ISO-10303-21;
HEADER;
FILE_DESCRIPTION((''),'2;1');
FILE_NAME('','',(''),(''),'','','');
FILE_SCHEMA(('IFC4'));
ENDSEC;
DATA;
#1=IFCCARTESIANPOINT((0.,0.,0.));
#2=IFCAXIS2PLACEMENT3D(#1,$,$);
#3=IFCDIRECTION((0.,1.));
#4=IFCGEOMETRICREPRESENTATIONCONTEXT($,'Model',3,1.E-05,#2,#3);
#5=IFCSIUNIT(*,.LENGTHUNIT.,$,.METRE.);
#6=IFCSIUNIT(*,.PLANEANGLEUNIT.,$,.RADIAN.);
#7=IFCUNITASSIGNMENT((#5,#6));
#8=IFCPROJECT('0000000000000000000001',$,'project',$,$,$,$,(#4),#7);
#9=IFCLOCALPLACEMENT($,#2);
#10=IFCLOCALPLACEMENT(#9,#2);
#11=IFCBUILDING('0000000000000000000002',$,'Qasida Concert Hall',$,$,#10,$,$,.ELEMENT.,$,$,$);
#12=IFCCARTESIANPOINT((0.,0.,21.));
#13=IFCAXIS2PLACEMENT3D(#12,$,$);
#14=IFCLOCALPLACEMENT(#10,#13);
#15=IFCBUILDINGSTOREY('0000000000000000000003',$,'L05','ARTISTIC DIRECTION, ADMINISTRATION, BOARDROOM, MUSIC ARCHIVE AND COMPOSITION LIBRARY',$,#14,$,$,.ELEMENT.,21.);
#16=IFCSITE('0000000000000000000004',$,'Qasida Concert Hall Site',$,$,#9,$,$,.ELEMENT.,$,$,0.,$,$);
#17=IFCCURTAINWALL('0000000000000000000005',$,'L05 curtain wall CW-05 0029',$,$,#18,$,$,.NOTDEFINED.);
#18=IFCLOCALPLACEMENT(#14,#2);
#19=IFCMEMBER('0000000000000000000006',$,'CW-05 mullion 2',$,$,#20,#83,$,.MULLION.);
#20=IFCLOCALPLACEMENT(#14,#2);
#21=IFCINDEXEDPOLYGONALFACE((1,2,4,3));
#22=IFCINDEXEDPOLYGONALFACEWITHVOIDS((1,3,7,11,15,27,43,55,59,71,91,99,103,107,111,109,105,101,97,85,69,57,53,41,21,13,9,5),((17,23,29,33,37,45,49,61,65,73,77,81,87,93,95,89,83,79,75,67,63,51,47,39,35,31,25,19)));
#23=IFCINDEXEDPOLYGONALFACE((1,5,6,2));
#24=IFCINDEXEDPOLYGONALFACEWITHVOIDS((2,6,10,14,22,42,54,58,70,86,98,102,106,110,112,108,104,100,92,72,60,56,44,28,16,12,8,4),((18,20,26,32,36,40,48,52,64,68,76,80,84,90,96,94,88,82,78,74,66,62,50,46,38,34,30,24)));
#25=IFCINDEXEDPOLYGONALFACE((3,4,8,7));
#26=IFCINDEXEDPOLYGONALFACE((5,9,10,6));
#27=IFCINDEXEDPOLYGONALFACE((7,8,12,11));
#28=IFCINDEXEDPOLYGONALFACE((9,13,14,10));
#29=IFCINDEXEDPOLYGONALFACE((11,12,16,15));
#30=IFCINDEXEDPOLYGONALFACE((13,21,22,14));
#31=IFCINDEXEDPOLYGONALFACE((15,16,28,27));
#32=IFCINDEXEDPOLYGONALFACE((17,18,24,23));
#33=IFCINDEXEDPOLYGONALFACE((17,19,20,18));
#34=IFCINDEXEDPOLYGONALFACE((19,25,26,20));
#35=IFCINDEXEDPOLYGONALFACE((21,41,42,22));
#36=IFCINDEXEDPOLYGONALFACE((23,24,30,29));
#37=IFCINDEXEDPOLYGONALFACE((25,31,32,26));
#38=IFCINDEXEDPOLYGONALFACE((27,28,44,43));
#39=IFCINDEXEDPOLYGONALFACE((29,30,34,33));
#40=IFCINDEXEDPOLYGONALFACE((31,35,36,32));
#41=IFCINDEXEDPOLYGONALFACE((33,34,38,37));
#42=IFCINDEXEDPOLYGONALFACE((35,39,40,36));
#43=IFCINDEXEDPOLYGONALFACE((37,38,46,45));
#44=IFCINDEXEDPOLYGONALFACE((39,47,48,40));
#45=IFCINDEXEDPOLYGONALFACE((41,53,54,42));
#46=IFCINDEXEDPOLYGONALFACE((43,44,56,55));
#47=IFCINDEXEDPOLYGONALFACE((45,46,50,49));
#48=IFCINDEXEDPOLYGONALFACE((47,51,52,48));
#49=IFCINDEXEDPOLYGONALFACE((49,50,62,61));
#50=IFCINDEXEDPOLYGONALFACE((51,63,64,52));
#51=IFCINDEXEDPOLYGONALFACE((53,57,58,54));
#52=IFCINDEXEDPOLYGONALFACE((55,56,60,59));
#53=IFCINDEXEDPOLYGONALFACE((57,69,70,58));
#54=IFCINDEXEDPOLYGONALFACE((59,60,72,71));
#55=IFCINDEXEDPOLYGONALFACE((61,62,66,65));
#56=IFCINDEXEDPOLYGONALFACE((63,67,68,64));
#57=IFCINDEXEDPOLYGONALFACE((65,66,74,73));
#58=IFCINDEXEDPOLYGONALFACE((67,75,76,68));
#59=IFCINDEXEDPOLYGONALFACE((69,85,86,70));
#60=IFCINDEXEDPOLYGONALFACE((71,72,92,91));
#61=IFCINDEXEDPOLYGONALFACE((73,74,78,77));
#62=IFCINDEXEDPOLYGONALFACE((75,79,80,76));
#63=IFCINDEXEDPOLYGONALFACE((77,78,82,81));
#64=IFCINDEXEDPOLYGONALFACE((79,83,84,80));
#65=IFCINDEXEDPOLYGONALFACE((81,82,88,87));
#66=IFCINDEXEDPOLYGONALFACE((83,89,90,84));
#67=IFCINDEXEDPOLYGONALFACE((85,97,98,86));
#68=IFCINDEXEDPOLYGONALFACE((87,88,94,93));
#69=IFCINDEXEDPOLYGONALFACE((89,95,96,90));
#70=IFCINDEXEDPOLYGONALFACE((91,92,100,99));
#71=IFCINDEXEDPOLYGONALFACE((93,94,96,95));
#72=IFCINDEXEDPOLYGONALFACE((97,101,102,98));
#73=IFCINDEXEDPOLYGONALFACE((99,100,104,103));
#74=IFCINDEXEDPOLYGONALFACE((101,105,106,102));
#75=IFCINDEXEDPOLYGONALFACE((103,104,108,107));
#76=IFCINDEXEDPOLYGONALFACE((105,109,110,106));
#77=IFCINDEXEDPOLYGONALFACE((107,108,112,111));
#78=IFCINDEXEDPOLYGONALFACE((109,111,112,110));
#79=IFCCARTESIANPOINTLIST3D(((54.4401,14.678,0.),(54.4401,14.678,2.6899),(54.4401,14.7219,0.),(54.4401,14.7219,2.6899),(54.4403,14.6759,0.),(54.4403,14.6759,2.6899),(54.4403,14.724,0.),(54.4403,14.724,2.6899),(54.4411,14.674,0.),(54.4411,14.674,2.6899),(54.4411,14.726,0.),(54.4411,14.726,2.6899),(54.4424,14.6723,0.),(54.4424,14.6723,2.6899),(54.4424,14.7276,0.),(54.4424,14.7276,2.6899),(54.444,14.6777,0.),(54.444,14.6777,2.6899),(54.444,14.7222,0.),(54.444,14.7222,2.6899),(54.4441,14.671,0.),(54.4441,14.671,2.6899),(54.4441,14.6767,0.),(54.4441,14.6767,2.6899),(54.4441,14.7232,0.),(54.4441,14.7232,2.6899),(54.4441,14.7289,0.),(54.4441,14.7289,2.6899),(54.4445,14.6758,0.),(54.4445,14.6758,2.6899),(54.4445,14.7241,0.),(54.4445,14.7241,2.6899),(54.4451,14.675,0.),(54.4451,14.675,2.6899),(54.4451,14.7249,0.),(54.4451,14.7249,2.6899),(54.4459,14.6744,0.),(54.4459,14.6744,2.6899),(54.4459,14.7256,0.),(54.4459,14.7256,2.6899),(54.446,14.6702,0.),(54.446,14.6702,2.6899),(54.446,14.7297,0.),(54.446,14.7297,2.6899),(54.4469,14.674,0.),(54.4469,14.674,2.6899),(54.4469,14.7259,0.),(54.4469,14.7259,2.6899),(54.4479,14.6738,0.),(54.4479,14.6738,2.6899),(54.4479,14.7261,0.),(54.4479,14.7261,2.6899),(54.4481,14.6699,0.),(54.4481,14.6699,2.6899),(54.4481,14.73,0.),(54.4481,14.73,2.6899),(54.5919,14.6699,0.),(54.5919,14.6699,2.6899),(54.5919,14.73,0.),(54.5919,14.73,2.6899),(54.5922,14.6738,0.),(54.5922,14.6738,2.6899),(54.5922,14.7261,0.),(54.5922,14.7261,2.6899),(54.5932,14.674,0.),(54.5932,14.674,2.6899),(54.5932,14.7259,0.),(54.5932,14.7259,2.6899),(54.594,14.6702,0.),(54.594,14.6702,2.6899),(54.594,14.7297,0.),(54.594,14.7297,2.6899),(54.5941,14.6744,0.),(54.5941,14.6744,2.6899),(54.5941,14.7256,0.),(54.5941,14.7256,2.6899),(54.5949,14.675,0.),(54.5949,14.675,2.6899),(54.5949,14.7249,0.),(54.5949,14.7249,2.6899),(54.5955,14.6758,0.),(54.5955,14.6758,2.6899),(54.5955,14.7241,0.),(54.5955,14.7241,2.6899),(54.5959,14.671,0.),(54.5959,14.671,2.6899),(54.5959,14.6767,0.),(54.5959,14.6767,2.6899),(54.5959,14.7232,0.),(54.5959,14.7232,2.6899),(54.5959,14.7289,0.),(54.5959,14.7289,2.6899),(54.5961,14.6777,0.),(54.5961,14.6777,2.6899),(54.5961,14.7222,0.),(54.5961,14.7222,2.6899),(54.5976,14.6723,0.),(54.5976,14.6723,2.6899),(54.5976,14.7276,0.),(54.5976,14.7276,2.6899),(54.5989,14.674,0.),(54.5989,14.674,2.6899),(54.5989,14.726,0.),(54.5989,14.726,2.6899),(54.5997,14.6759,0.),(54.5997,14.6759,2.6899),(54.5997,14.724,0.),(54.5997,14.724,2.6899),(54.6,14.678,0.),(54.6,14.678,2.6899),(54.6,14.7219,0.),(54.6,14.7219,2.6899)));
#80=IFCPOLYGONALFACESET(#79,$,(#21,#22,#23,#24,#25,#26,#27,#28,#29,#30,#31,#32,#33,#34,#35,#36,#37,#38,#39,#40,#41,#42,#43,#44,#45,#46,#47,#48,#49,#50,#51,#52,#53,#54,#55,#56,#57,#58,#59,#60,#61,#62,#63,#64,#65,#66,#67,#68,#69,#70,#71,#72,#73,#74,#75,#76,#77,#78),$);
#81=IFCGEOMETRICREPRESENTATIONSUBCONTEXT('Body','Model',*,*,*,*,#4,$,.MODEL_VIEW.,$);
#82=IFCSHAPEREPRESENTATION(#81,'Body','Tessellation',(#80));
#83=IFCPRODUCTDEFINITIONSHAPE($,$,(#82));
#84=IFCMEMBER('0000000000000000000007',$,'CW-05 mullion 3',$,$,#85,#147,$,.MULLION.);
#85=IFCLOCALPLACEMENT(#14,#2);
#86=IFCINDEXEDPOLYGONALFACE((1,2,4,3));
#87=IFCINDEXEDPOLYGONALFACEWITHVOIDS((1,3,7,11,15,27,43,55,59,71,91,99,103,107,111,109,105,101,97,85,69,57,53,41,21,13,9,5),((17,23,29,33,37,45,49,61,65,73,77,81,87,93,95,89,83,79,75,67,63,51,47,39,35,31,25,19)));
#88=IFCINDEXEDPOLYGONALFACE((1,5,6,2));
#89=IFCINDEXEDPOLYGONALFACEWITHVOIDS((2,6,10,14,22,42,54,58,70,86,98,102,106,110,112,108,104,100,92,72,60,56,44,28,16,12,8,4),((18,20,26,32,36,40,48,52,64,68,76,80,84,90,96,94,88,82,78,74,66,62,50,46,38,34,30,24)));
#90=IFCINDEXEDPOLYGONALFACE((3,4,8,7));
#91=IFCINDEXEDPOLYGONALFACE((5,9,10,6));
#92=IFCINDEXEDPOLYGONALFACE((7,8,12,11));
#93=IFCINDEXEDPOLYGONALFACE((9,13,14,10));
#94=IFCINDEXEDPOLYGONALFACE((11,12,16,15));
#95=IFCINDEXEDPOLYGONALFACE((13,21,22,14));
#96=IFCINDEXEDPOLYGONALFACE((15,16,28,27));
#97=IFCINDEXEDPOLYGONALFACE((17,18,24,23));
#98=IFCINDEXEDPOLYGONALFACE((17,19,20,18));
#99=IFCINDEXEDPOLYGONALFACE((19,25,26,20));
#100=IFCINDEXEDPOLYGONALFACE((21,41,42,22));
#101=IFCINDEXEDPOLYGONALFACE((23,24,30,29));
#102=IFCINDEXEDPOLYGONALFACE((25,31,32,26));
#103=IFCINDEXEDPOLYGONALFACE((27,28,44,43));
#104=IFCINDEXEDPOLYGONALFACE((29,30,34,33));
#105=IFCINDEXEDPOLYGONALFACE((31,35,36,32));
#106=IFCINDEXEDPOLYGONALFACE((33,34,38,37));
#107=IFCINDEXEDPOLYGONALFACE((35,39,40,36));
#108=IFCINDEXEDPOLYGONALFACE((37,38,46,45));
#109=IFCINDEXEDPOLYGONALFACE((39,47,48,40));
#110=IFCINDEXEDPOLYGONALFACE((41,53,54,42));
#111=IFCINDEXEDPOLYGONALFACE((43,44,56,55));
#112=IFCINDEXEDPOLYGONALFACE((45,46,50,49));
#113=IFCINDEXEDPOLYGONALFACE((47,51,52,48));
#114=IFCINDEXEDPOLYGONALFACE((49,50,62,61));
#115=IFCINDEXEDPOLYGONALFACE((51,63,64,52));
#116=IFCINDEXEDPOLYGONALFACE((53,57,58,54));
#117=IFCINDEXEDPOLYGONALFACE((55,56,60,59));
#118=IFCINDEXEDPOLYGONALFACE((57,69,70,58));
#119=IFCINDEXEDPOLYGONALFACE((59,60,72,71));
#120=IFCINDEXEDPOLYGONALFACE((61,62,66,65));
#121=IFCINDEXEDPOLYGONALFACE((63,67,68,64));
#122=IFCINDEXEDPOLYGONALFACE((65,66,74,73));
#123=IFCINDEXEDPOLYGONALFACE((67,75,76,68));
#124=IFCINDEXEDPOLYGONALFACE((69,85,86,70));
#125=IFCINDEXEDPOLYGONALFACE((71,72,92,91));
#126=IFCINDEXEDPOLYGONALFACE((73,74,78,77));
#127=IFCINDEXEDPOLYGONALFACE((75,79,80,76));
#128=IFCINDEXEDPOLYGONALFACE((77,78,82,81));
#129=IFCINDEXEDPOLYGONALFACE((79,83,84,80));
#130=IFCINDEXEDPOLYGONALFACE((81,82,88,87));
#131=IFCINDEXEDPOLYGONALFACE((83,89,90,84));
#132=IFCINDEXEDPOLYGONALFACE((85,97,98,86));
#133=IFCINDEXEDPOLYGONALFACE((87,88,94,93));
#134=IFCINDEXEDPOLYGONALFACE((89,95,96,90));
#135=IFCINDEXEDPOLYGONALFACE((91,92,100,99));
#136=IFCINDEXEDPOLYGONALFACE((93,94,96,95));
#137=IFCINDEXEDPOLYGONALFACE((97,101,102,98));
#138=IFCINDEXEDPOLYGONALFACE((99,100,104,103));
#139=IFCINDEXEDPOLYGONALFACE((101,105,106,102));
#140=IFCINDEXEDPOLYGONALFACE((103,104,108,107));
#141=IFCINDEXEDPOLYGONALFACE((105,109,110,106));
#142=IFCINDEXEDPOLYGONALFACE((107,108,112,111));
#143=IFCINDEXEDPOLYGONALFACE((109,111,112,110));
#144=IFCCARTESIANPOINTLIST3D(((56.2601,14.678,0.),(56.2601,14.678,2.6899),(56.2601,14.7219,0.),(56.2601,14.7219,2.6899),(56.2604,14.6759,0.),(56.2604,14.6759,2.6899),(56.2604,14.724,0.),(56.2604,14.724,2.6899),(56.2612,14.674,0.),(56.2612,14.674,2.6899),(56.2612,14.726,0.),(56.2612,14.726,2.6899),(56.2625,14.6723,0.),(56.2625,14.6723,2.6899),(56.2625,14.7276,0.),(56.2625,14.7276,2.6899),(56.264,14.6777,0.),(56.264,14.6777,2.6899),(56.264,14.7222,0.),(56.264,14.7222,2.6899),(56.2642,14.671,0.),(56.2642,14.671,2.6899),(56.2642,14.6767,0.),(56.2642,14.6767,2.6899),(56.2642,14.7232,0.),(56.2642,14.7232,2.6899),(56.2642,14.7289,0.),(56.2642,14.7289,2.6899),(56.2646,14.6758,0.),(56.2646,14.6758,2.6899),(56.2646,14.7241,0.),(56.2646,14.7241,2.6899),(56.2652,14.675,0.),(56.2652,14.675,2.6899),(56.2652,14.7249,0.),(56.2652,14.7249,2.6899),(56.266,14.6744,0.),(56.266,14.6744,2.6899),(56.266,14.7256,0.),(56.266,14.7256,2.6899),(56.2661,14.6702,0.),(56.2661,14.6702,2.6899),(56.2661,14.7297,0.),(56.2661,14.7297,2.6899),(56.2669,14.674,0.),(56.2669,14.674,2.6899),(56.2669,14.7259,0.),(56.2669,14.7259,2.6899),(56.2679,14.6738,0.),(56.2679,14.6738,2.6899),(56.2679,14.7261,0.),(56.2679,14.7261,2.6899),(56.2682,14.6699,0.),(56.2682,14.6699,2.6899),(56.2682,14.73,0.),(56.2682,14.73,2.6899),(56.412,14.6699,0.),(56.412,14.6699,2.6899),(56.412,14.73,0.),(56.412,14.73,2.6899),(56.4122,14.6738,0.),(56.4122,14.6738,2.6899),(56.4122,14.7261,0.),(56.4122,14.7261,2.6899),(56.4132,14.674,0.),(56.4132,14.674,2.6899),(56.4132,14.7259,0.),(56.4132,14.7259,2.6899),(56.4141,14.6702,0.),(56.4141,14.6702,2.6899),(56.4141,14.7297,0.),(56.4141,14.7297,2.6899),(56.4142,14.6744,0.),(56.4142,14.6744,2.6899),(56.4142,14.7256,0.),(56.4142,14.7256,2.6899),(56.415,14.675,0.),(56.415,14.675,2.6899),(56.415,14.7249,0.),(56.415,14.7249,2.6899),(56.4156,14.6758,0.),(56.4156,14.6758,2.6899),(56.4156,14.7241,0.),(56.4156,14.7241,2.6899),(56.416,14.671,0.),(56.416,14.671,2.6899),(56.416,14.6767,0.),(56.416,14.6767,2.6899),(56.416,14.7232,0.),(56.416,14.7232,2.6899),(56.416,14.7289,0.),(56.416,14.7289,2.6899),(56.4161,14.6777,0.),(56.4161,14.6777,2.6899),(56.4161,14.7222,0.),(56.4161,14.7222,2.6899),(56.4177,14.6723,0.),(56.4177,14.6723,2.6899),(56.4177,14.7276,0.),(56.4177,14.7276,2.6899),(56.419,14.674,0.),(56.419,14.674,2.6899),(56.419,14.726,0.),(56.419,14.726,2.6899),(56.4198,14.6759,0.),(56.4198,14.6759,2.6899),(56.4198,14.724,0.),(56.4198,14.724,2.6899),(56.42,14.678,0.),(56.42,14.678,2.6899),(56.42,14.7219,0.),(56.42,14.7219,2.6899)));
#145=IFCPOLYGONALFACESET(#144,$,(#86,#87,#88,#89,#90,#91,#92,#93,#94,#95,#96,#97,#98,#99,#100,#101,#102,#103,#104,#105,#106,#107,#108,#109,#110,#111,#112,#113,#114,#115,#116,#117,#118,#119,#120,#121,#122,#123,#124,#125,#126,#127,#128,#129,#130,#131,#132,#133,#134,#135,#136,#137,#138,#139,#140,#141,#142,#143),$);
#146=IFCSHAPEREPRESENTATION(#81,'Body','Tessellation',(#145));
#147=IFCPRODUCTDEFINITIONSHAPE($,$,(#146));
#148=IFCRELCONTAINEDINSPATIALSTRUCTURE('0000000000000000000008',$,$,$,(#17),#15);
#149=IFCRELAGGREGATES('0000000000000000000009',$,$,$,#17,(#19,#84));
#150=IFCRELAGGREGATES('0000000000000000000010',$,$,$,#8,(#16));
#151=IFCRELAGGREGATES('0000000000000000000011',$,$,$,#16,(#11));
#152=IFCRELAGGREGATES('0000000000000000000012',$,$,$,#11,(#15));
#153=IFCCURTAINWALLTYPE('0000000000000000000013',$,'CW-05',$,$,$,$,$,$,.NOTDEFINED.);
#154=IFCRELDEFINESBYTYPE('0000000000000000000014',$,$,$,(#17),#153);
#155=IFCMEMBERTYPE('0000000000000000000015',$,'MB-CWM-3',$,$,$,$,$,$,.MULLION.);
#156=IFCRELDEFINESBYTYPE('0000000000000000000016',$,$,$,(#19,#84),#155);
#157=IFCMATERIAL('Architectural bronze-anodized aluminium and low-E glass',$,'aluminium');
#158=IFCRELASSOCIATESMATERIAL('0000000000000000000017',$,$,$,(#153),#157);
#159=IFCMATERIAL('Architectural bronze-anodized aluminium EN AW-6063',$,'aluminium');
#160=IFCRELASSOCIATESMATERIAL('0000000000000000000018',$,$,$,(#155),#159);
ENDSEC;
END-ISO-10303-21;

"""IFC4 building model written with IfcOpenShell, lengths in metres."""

from ifc_helpers import new_model, si_unit, direction, frame, origin, origin_2d, place, context, subcontext, project, spatial, hollow_rectangle, extrude, material, material_profile, profile_set, type_object, element, aggregate, save


model = new_model("IFC4")

# Units and contexts
model_context = context("Model", 3, precision=1e-05, world=origin(), true_north=direction((0.0, 1.0)))
body_context = subcontext(model_context, "Body", "Model", "MODEL_VIEW")
ifc_project = project(units=[si_unit("LENGTHUNIT", "METRE"), si_unit("PLANEANGLEUNIT", "RADIAN")], contexts=[model_context])

# Site, building, storey
site_placement = place(None, origin())
site = spatial("IfcSite", under=ifc_project, at=site_placement, Name="Qasida Concert Hall Site", CompositionType="ELEMENT", RefElevation=0.0)
building_placement = place(site_placement, origin())
building = spatial("IfcBuilding", under=site, at=building_placement, Name="Qasida Concert Hall", CompositionType="ELEMENT")
storey_placement = place(building_placement, frame((0.0, 0.0, 21.0)))
storey = spatial("IfcBuildingStorey", under=building, at=storey_placement, Name="L05", Description="ARTISTIC DIRECTION, ADMINISTRATION, BOARDROOM, MUSIC ARCHIVE AND COMPOSITION LIBRARY", CompositionType="ELEMENT", Elevation=21.0)

# Curtain wall, members
ifc_material_1 = material(Name="Architectural bronze-anodized aluminium and low-E glass", Category="aluminium")
curtain_wall_type = type_object("IfcCurtainWallType", Name="CW-05", PredefinedType="NOTDEFINED", material=ifc_material_1)
curtain_wall_placement = place(storey_placement, origin())
curtain_wall = element("IfcCurtainWall", 1, at=curtain_wall_placement, inside=storey, type_object=curtain_wall_type, Name="L05 curtain wall CW-05 0029", PredefinedType="NOTDEFINED")
ifc_material_2 = material(Name="Architectural bronze-anodized aluminium EN AW-6063", Category="aluminium")
ifc_material_profile_1 = material_profile(ifc_material_2, hollow_rectangle(XDim=0.0601, YDim=0.1599, WallThickness=0.0039, InnerFilletRadius=0.0039, OuterFilletRadius=0.0081, at=origin_2d()), Name="CWM 160x60x4")
ifc_profile_set_1 = profile_set([ifc_material_profile_1], Name="Architectural bronze-anodized aluminium EN AW-6063")
member_type_1 = type_object("IfcMemberType", Name="MB-CWM-3", PredefinedType="MULLION", material=ifc_profile_set_1)
member_1_placement = place(storey_placement, frame((54.52, 14.7, 0.0), z_axis=(0.0, 0.0, 1.0), x_axis=(0.0, 1.0, 0.0)))
member_1 = element("IfcMember", 2, at=member_1_placement, type_object=member_type_1, Name="CW-05 mullion 2", PredefinedType="MULLION", context=body_context, shape_type="SweptSolid", body=[
    extrude(hollow_rectangle(XDim=0.0601, YDim=0.1599, WallThickness=0.0039, InnerFilletRadius=0.0039, OuterFilletRadius=0.0081, at=origin_2d()), origin(), (0.0, 0.0, 1.0), 2.6899),
])
member_2_placement = place(storey_placement, frame((56.3401, 14.7, 0.0), z_axis=(0.0, 0.0, 1.0), x_axis=(0.0, 1.0, 0.0)))
member_2 = element("IfcMember", 3, at=member_2_placement, type_object=member_type_1, Name="CW-05 mullion 3", PredefinedType="MULLION", context=body_context, shape_type="SweptSolid", body=[
    extrude(hollow_rectangle(XDim=0.0601, YDim=0.1599, WallThickness=0.0039, InnerFilletRadius=0.0039, OuterFilletRadius=0.0081, at=origin_2d()), origin(), (0.0, 0.0, 1.0), 2.6899),
])
aggregate(curtain_wall, [member_1, member_2])

save(model, "model.ifc")
